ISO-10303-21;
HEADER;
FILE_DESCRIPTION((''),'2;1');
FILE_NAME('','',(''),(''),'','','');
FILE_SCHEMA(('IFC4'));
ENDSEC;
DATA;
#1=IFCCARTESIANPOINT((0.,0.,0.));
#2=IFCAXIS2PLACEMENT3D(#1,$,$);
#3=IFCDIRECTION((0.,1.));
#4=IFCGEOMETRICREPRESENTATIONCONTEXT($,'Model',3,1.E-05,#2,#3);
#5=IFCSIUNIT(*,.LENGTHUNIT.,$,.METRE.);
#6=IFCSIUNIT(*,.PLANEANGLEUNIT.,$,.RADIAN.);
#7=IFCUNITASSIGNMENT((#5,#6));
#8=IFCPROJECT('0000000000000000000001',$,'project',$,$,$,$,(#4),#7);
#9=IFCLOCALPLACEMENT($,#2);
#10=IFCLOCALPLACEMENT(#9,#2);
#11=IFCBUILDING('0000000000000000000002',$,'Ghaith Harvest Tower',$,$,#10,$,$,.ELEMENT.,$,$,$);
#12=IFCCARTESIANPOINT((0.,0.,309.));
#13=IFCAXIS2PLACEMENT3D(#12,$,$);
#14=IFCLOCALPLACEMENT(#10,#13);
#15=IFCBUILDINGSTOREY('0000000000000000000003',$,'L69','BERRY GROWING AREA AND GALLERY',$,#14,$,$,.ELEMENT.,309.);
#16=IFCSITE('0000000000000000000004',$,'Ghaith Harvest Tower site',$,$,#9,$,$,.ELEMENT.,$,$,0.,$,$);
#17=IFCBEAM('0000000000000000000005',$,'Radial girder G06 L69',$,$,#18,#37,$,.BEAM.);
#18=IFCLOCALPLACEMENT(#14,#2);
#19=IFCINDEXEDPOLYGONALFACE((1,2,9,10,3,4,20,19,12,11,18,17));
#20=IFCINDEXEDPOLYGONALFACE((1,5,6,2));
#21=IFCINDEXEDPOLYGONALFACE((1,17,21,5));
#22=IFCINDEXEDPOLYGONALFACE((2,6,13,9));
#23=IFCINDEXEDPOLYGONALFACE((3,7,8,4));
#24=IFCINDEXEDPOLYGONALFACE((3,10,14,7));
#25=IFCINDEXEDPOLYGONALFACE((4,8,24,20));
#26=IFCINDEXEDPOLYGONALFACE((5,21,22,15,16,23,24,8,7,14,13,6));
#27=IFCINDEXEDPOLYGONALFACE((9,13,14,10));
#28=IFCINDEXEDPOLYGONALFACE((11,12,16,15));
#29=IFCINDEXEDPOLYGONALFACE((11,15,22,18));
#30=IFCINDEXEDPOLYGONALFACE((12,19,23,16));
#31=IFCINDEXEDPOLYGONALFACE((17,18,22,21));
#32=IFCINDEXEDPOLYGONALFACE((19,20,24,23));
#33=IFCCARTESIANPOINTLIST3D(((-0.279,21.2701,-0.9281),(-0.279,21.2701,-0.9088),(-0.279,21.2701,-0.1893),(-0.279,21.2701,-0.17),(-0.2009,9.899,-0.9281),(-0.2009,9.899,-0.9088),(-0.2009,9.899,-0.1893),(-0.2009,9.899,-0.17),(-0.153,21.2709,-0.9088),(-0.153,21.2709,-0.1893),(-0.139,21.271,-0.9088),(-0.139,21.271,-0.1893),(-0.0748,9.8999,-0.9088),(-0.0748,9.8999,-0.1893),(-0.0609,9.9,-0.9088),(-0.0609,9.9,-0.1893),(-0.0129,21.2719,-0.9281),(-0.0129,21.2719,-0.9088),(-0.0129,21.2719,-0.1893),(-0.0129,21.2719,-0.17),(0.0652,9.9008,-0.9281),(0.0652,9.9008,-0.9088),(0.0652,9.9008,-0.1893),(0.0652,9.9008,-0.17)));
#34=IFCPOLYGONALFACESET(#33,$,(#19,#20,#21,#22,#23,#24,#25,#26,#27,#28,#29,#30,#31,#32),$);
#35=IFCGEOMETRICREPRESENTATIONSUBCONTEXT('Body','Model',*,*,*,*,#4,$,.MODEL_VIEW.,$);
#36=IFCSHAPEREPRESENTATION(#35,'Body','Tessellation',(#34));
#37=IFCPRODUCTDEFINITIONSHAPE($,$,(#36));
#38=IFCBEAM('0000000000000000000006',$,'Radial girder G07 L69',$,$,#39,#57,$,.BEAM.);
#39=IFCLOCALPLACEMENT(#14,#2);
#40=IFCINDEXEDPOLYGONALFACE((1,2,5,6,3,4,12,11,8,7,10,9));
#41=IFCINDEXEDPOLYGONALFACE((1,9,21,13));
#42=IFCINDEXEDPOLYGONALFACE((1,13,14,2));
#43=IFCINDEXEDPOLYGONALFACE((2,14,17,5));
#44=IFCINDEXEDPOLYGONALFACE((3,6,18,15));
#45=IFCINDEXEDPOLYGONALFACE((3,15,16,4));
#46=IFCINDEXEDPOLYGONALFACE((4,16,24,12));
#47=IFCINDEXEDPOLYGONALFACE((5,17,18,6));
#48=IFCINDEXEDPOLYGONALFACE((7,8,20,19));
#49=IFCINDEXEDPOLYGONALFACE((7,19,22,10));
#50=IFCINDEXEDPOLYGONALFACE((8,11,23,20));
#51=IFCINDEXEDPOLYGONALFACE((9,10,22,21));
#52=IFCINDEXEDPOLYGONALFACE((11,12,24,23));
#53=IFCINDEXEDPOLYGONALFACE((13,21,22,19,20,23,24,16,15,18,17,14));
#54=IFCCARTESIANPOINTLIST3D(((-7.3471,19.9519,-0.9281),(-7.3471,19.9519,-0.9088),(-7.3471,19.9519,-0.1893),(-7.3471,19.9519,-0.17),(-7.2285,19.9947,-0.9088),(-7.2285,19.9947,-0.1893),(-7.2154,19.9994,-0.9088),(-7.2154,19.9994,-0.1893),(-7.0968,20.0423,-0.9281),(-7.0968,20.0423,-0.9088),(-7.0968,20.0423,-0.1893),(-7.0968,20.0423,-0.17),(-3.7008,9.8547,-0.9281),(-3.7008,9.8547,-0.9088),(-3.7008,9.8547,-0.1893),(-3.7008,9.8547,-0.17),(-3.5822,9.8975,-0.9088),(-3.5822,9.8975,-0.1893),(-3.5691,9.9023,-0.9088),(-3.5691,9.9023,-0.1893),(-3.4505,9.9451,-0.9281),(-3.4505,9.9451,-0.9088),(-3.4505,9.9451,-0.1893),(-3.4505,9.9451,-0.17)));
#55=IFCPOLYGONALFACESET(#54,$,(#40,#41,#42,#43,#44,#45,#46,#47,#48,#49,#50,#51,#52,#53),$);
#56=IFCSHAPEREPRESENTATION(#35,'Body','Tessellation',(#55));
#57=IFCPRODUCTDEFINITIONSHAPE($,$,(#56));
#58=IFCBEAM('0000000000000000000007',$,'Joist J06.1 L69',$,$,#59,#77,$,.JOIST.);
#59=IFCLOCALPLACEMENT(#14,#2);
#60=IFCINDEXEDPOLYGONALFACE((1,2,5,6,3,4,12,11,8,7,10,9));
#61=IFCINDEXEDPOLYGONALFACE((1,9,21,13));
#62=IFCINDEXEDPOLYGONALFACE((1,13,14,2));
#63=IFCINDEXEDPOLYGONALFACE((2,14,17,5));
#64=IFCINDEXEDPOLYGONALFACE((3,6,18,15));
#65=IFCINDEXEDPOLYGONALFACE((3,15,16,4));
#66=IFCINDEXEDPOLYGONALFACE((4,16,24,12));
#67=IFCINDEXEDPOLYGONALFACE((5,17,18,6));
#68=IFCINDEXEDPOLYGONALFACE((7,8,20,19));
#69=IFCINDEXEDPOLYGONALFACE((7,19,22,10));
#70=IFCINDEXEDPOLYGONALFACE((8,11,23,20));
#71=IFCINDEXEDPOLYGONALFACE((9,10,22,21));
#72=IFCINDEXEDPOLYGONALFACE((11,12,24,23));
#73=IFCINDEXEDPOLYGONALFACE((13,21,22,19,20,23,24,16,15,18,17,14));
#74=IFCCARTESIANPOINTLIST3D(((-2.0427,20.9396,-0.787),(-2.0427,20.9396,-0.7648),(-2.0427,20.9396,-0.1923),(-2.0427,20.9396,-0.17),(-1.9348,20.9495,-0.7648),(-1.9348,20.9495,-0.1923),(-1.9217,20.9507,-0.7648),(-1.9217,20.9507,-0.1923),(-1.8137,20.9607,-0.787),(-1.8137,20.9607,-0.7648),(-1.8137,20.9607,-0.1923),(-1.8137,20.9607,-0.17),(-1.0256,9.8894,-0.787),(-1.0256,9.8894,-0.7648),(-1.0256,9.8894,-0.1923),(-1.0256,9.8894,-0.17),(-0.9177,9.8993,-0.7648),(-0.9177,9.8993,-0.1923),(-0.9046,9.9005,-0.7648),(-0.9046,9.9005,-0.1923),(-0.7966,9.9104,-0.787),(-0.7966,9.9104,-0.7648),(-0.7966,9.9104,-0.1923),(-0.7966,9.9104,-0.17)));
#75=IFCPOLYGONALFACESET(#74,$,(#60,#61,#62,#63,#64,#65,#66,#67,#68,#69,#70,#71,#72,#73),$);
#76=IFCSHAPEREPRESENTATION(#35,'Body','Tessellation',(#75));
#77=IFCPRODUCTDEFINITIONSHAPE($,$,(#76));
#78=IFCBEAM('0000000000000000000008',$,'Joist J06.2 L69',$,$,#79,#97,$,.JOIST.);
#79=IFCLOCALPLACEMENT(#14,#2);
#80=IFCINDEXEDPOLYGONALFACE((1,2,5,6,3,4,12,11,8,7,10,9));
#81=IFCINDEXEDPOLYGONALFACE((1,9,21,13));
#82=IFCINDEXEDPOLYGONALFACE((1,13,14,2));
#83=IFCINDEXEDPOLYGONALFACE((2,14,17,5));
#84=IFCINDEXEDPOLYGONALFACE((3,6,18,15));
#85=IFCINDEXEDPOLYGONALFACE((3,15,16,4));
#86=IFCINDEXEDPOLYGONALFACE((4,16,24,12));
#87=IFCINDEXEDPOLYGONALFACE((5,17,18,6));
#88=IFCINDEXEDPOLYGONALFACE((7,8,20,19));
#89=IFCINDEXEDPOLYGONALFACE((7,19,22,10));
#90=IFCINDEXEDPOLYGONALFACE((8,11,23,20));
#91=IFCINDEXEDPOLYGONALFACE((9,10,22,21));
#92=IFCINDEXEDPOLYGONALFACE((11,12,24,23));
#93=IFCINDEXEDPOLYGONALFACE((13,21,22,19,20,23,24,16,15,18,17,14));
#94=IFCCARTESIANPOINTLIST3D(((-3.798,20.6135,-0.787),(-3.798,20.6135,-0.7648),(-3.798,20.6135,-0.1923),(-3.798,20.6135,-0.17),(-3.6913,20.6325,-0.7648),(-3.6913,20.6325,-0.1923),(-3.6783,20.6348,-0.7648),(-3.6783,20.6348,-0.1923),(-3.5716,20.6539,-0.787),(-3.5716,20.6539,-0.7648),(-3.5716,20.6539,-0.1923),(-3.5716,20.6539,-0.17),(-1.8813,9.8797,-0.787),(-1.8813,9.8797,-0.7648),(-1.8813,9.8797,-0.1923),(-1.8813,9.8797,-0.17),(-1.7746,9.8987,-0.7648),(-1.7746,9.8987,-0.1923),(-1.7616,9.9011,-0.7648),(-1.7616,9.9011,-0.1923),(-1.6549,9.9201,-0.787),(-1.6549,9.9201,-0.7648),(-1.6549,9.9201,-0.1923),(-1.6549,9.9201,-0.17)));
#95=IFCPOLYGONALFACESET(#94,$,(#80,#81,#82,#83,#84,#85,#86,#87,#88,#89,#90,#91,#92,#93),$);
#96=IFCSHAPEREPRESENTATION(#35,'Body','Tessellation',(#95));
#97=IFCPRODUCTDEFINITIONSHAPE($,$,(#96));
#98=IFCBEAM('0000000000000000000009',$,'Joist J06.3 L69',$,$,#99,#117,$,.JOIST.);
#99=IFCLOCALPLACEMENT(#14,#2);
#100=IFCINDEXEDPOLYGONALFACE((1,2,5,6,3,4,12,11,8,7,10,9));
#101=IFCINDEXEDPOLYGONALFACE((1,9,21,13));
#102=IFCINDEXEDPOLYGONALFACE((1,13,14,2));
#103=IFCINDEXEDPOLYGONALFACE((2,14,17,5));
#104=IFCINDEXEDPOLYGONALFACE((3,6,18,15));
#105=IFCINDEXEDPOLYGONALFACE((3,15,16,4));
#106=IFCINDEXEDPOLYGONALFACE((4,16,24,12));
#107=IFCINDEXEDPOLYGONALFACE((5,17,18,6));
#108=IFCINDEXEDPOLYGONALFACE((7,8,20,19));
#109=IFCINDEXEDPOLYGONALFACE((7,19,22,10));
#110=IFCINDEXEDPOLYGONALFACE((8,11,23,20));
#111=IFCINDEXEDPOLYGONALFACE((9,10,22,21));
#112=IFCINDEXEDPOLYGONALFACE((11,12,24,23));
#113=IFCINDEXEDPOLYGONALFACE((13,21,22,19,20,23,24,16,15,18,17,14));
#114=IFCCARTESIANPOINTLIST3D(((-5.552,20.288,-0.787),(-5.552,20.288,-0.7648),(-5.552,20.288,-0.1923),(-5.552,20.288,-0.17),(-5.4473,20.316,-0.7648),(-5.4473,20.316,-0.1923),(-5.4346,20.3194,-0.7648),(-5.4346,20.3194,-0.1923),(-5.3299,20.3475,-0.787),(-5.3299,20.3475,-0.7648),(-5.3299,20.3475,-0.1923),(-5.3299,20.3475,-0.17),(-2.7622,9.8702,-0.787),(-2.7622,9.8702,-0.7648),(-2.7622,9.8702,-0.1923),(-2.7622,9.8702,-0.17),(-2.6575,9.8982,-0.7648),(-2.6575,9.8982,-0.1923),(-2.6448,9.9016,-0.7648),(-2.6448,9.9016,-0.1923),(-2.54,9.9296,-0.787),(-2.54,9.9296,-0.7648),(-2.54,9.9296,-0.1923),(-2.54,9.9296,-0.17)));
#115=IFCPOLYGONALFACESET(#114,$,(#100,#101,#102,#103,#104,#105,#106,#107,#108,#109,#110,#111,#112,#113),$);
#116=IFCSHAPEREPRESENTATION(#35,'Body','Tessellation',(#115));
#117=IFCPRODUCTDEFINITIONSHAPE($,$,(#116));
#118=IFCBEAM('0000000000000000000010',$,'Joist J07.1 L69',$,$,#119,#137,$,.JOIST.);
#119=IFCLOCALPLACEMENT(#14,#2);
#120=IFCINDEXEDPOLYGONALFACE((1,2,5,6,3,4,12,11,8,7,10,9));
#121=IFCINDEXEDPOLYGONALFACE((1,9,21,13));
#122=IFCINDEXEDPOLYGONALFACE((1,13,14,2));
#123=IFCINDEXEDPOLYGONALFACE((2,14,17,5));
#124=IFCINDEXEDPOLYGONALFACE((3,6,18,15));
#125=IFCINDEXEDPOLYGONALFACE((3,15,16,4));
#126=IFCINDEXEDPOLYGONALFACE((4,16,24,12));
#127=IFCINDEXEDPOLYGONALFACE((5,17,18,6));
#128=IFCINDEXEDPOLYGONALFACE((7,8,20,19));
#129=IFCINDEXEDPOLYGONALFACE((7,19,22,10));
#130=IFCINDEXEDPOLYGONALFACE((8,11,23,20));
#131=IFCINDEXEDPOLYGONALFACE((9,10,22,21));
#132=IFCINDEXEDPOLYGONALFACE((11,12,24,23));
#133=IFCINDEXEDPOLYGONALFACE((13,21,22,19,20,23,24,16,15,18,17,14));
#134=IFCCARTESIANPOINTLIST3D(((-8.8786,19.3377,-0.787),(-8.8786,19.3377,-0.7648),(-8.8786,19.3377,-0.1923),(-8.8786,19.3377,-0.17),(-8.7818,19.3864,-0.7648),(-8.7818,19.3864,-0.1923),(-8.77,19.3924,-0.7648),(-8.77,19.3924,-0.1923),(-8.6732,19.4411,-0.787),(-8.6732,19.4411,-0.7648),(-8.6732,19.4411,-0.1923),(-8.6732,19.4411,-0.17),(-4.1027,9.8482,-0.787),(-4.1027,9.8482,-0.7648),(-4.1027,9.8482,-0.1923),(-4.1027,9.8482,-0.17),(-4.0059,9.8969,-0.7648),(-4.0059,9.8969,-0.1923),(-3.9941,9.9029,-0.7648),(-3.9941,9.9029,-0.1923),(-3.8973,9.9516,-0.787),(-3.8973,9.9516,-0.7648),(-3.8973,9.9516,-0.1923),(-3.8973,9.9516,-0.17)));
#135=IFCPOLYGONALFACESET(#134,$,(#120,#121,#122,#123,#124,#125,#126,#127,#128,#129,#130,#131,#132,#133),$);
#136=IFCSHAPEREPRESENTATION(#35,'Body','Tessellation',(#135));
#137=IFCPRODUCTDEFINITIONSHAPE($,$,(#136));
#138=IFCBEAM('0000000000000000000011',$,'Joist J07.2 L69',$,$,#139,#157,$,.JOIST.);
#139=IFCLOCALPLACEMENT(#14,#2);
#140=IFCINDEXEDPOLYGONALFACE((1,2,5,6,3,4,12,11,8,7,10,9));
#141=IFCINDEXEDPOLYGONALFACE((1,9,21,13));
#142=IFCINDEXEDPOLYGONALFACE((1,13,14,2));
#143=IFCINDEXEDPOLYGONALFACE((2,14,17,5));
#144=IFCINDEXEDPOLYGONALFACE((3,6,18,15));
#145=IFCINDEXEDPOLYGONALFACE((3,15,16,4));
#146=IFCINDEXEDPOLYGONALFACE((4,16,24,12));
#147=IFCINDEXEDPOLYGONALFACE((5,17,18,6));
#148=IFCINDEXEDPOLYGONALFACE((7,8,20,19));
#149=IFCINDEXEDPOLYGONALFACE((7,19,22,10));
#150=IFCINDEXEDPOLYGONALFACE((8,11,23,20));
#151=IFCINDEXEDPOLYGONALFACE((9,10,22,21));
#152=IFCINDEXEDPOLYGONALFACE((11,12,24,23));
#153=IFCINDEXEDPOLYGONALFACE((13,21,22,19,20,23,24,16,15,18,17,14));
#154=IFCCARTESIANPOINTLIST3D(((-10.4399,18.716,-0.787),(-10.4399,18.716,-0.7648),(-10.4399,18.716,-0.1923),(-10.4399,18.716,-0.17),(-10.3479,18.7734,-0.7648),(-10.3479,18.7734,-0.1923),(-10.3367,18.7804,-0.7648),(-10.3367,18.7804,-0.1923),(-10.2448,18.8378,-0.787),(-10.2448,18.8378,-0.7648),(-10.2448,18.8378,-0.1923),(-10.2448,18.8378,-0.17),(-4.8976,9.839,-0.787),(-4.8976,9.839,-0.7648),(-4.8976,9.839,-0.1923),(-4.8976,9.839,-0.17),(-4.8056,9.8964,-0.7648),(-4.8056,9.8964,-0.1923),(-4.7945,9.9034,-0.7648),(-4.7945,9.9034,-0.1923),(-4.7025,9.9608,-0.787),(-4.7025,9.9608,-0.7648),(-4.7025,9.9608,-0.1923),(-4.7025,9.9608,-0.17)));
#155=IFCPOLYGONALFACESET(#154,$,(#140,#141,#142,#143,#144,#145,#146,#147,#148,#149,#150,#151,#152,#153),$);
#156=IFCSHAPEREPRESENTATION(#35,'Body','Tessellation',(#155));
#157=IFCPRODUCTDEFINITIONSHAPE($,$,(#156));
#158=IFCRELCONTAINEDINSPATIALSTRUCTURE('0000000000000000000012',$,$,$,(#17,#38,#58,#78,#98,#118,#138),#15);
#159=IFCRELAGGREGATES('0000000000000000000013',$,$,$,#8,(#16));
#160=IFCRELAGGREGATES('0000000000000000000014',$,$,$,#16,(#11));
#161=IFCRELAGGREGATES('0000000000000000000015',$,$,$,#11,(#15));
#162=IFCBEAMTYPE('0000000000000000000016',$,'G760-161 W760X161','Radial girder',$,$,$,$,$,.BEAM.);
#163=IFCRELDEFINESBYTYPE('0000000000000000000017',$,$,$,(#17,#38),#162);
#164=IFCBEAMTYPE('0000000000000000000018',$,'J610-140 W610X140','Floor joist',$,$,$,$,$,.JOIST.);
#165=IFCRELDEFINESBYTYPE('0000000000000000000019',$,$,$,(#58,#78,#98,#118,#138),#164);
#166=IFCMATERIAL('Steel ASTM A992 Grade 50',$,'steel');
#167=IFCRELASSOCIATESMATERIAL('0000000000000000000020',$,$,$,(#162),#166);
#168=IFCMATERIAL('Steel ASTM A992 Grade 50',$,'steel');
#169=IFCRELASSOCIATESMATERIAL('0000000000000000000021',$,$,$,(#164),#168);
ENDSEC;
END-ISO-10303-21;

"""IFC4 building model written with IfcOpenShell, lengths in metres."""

from ifc_helpers import new_model, si_unit, direction, frame, origin, origin_2d, place, context, subcontext, project, spatial, i_section, extrude, material, material_profile, profile_set, type_object, element, save


model = new_model("IFC4")

# Units and contexts
model_context = context("Model", 3, precision=1e-05, world=origin(), true_north=direction((0.0, 1.0)))
body_context = subcontext(model_context, "Body", "Model", "MODEL_VIEW")
ifc_project = project(units=[si_unit("LENGTHUNIT", "METRE"), si_unit("PLANEANGLEUNIT", "RADIAN")], contexts=[model_context])

# Site, building, storey
site_placement = place(None, origin())
site = spatial("IfcSite", under=ifc_project, at=site_placement, Name="Ghaith Harvest Tower site", CompositionType="ELEMENT", RefElevation=0.0)
building_placement = place(site_placement, origin())
building = spatial("IfcBuilding", under=site, at=building_placement, Name="Ghaith Harvest Tower", CompositionType="ELEMENT")
storey_placement = place(building_placement, frame((0.0, 0.0, 309.0)))
storey = spatial("IfcBuildingStorey", under=building, at=storey_placement, Name="L69", Description="BERRY GROWING AREA AND GALLERY", CompositionType="ELEMENT", Elevation=309.0)

# Beams
ifc_material_1 = material(Name="Steel ASTM A992 Grade 50", Category="steel")
ifc_material_profile_1 = material_profile(ifc_material_1, i_section(OverallWidth=0.2661, OverallDepth=0.7581, WebThickness=0.0139, FlangeThickness=0.0193, at=origin_2d()), Name="W760X161")
ifc_profile_set_1 = profile_set([ifc_material_profile_1], Name="Steel ASTM A992 Grade 50")
beam_type_1 = type_object("IfcBeamType", Name="G760-161 W760X161", Description="Radial girder", PredefinedType="BEAM", material=ifc_profile_set_1)
beam_1_placement = place(storey_placement, frame((-0.0679, 9.8999, -0.5491), z_axis=(-0.00687, 0.999976, 0.0), x_axis=(-0.999976, -0.00687, 0.0)))
element("IfcBeam", 1, at=beam_1_placement, inside=storey, type_object=beam_type_1, Name="Radial girder G06 L69", PredefinedType="BEAM", context=body_context, shape_type="SweptSolid", body=[
    extrude(i_section(OverallWidth=0.2661, OverallDepth=0.7581, WebThickness=0.0139, FlangeThickness=0.0193, at=origin_2d()), origin(), (0.0, 0.0, 1.0), 11.3713),
])
beam_2_placement = place(storey_placement, frame((-3.5757, 9.8999, -0.5491), z_axis=(-0.339648, 0.940553, 0.0), x_axis=(-0.940553, -0.339648, 0.0)))
element("IfcBeam", 2, at=beam_2_placement, inside=storey, type_object=beam_type_1, Name="Radial girder G07 L69", PredefinedType="BEAM", context=body_context, shape_type="SweptSolid", body=[
    extrude(i_section(OverallWidth=0.2661, OverallDepth=0.7581, WebThickness=0.0139, FlangeThickness=0.0193, at=origin_2d()), origin(), (0.0, 0.0, 1.0), 10.7354),
])
ifc_material_2 = material(Name="Steel ASTM A992 Grade 50", Category="steel")
ifc_material_profile_2 = material_profile(ifc_material_2, i_section(OverallWidth=0.23, OverallDepth=0.6169, WebThickness=0.0132, FlangeThickness=0.0222, at=origin_2d()), Name="W610X140")
ifc_profile_set_2 = profile_set([ifc_material_profile_2], Name="Steel ASTM A992 Grade 50")
beam_type_2 = type_object("IfcBeamType", Name="J610-140 W610X140", Description="Floor joist", PredefinedType="JOIST", material=ifc_profile_set_2)
beam_3_placement = place(storey_placement, frame((-0.9111, 9.8999, -0.4785), z_axis=(-0.091654, 0.995791, 0.0), x_axis=(-0.995791, -0.091654, 0.0)))
element("IfcBeam", 3, at=beam_3_placement, inside=storey, type_object=beam_type_2, Name="Joist J06.1 L69", PredefinedType="JOIST", context=body_context, shape_type="SweptSolid", body=[
    extrude(i_section(OverallWidth=0.23, OverallDepth=0.6169, WebThickness=0.0132, FlangeThickness=0.0222, at=origin_2d()), origin(), (0.0, 0.0, 1.0), 11.0969),
])
beam_4_placement = place(storey_placement, frame((-1.7681, 9.8999, -0.4785), z_axis=(-0.175789, 0.984428, 0.0), x_axis=(-0.984428, -0.175789, 0.0)))
element("IfcBeam", 4, at=beam_4_placement, inside=storey, type_object=beam_type_2, Name="Joist J06.2 L69", PredefinedType="JOIST", context=body_context, shape_type="SweptSolid", body=[
    extrude(i_section(OverallWidth=0.23, OverallDepth=0.6169, WebThickness=0.0132, FlangeThickness=0.0222, at=origin_2d()), origin(), (0.0, 0.0, 1.0), 10.9036),
])
beam_5_placement = place(storey_placement, frame((-2.6511, 9.8999, -0.4785), z_axis=(-0.258678, 0.965964, 0.0), x_axis=(-0.965964, -0.258678, 0.0)))
element("IfcBeam", 5, at=beam_5_placement, inside=storey, type_object=beam_type_2, Name="Joist J06.3 L69", PredefinedType="JOIST", context=body_context, shape_type="SweptSolid", body=[
    extrude(i_section(OverallWidth=0.23, OverallDepth=0.6169, WebThickness=0.0132, FlangeThickness=0.0222, at=origin_2d()), origin(), (0.0, 0.0, 1.0), 10.7849),
])
beam_6_placement = place(storey_placement, frame((-4.0, 9.8999, -0.4785), z_axis=(-0.449556, 0.893252, 0.0), x_axis=(-0.893252, -0.449556, 0.0)))
element("IfcBeam", 6, at=beam_6_placement, inside=storey, type_object=beam_type_2, Name="Joist J07.1 L69", PredefinedType="JOIST", context=body_context, shape_type="SweptSolid", body=[
    extrude(i_section(OverallWidth=0.23, OverallDepth=0.6169, WebThickness=0.0132, FlangeThickness=0.0222, at=origin_2d()), origin(), (0.0, 0.0, 1.0), 10.6235),
])
beam_7_placement = place(storey_placement, frame((-4.8, 9.8999, -0.4785), z_axis=(-0.529596, 0.84825, 0.0), x_axis=(-0.84825, -0.529596, 0.0)))
element("IfcBeam", 7, at=beam_7_placement, inside=storey, type_object=beam_type_2, Name="Joist J07.2 L69", PredefinedType="JOIST", context=body_context, shape_type="SweptSolid", body=[
    extrude(i_section(OverallWidth=0.23, OverallDepth=0.6169, WebThickness=0.0132, FlangeThickness=0.0222, at=origin_2d()), origin(), (0.0, 0.0, 1.0), 10.4651),
])

save(model, "model.ifc")
